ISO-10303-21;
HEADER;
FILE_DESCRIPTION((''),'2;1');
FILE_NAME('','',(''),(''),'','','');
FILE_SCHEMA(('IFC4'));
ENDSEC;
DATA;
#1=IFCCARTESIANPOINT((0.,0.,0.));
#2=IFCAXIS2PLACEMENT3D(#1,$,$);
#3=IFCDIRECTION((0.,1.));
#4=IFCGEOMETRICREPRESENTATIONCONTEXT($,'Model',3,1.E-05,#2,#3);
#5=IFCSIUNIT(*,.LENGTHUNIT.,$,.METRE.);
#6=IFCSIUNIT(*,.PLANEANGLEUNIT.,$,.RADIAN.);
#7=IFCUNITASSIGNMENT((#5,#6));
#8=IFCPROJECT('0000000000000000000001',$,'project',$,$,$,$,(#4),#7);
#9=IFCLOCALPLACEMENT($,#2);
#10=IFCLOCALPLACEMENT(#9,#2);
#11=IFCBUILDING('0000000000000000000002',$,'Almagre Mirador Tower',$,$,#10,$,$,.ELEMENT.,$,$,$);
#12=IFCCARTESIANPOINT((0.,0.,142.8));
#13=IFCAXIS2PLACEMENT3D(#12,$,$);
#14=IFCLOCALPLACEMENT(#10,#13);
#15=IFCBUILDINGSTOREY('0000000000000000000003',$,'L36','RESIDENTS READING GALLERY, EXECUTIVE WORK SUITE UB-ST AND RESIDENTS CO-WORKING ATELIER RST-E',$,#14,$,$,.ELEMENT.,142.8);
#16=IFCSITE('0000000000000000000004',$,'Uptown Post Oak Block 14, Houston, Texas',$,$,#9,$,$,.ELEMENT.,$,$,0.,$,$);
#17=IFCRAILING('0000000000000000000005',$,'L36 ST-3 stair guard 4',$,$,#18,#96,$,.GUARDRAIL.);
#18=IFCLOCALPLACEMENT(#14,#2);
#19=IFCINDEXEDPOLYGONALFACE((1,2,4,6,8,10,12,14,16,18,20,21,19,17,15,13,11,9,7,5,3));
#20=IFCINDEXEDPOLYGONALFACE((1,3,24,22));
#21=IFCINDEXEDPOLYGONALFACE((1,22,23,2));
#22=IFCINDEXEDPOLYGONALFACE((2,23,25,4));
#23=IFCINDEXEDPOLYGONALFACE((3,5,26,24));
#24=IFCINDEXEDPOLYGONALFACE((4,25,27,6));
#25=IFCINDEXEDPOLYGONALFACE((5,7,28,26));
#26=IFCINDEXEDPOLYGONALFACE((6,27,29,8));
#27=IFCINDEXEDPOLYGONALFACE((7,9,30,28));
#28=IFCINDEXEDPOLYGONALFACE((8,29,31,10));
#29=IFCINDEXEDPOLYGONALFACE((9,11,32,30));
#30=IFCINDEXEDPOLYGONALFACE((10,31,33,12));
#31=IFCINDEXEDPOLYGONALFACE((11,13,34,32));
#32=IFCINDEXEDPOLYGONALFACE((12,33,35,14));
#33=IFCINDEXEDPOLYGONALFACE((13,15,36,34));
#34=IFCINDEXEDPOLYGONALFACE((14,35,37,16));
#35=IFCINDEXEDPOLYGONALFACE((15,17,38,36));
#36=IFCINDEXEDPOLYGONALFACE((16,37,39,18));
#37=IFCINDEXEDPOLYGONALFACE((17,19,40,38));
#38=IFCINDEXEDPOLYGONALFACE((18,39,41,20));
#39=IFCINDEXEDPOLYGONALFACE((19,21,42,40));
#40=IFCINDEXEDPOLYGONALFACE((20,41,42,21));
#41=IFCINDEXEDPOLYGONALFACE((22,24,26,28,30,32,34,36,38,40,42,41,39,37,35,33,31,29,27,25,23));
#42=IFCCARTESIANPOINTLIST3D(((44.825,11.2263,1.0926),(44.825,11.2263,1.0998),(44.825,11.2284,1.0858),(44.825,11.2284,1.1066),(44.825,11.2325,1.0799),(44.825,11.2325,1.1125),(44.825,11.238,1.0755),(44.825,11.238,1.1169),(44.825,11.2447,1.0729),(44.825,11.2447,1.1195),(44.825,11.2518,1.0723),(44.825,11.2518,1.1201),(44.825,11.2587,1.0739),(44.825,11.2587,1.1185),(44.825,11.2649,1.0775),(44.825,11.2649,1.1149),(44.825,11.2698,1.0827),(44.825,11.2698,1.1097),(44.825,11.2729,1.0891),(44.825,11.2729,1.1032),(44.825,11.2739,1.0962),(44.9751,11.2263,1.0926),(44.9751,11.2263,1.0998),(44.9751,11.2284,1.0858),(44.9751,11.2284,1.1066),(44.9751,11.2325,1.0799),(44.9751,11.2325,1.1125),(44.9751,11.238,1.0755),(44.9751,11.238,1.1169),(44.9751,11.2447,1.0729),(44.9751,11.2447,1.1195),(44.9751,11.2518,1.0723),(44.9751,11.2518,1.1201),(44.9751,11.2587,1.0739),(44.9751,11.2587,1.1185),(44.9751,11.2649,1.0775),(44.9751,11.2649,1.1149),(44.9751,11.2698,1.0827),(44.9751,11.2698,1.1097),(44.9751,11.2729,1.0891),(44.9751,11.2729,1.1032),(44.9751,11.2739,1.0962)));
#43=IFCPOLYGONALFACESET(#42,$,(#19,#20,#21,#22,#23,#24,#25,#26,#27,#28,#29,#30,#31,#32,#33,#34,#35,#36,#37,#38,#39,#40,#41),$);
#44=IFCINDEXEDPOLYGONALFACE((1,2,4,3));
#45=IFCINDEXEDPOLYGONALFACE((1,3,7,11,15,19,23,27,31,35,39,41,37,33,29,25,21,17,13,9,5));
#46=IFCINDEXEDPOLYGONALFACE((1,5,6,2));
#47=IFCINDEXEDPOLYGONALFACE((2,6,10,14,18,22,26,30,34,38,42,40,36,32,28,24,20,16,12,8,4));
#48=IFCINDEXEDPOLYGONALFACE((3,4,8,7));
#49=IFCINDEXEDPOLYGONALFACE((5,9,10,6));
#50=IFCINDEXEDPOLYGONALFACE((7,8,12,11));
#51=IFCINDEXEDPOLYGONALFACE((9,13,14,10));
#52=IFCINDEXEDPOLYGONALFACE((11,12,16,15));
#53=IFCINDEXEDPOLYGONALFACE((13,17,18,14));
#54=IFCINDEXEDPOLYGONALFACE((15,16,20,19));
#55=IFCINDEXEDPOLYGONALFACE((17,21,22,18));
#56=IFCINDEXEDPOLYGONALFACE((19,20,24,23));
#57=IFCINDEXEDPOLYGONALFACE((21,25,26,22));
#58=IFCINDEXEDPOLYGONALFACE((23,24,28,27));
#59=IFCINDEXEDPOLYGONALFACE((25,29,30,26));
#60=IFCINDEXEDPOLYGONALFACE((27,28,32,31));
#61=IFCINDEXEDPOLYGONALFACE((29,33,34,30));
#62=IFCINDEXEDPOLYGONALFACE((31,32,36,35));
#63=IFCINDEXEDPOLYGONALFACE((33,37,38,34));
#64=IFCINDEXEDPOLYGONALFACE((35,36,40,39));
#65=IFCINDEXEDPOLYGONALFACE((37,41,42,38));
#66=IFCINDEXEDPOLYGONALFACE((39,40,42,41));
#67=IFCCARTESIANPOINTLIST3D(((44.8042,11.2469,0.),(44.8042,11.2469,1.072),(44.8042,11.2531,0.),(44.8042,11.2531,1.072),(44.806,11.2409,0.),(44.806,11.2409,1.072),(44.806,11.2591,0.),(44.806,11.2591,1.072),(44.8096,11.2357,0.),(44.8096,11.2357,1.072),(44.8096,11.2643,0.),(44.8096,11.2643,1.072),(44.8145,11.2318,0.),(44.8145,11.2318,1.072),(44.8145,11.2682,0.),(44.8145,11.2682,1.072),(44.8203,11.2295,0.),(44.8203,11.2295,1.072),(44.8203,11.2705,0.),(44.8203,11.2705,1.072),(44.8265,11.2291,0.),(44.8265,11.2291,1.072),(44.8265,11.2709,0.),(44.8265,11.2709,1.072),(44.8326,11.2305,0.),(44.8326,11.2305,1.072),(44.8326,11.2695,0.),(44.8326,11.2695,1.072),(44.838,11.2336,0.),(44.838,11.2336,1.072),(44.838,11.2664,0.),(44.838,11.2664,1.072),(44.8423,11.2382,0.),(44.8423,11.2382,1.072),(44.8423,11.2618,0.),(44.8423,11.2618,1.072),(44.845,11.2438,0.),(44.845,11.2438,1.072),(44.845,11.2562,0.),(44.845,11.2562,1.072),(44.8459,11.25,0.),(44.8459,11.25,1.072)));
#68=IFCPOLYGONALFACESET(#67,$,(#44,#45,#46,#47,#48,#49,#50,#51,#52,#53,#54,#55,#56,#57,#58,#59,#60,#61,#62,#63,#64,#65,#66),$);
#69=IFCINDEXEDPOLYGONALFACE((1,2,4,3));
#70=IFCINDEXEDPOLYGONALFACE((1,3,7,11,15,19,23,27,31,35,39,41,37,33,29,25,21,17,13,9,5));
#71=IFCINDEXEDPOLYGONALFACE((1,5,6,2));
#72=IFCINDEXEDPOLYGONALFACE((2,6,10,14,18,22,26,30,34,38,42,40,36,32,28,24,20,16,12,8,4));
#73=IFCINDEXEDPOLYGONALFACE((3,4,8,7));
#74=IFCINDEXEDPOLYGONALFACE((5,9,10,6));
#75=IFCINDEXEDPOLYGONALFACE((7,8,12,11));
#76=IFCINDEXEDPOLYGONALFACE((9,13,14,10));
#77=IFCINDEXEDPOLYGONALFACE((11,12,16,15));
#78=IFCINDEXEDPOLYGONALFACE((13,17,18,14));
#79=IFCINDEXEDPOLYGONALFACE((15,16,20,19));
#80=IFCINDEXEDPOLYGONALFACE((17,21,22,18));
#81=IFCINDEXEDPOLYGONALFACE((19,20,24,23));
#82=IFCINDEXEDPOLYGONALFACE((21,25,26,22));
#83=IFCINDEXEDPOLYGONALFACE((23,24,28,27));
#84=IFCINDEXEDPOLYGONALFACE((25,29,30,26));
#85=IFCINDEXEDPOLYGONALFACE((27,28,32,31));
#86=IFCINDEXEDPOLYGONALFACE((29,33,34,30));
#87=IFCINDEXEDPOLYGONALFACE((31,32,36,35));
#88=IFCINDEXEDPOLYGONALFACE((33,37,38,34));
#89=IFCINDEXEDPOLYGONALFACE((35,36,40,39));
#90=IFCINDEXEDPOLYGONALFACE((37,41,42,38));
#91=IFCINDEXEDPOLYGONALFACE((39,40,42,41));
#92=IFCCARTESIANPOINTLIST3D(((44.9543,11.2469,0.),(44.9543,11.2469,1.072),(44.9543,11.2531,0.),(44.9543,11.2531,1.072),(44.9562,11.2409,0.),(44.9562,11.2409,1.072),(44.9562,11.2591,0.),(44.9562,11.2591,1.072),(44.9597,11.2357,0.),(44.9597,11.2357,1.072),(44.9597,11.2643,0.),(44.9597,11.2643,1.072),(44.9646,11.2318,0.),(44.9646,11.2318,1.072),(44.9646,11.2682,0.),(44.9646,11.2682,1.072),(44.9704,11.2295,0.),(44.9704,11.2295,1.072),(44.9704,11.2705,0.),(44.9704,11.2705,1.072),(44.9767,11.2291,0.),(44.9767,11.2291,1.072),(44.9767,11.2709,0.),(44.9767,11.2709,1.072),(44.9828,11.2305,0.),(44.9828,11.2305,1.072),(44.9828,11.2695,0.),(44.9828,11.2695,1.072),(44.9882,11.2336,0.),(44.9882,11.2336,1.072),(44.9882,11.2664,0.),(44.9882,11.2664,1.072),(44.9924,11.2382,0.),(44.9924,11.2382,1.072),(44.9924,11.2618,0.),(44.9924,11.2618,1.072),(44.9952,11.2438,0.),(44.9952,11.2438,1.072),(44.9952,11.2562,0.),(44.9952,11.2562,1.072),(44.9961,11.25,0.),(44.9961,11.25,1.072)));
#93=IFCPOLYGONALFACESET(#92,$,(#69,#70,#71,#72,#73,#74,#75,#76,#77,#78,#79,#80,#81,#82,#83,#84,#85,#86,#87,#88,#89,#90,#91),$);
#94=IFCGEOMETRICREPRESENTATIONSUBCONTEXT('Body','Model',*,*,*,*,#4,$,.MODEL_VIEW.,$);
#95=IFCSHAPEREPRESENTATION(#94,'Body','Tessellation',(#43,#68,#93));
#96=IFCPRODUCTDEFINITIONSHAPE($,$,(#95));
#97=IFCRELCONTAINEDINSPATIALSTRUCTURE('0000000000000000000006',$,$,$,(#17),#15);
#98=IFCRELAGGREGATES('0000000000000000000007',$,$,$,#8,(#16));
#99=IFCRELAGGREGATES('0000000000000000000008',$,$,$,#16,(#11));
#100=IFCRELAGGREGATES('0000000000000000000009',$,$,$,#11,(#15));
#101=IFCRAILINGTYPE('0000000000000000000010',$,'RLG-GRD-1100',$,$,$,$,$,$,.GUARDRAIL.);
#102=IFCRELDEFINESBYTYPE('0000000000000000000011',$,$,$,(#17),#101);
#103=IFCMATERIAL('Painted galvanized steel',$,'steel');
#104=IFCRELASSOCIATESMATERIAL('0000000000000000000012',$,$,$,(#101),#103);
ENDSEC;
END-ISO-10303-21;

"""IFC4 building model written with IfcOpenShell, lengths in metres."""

from ifc_helpers import new_model, si_unit, direction, frame, origin, origin_2d, place, context, subcontext, project, spatial, circle, extrude, material, type_object, element, save


model = new_model("IFC4")

# Units and contexts
model_context = context("Model", 3, precision=1e-05, world=origin(), true_north=direction((0.0, 1.0)))
body_context = subcontext(model_context, "Body", "Model", "MODEL_VIEW")
ifc_project = project(units=[si_unit("LENGTHUNIT", "METRE"), si_unit("PLANEANGLEUNIT", "RADIAN")], contexts=[model_context])

# Site, building, storey
site_placement = place(None, origin())
site = spatial("IfcSite", under=ifc_project, at=site_placement, Name="Uptown Post Oak Block 14, Houston, Texas", CompositionType="ELEMENT", RefElevation=0.0)
building_placement = place(site_placement, origin())
building = spatial("IfcBuilding", under=site, at=building_placement, Name="Almagre Mirador Tower", CompositionType="ELEMENT")
storey_placement = place(building_placement, frame((0.0, 0.0, 142.8)))
storey = spatial("IfcBuildingStorey", under=building, at=storey_placement, Name="L36", Description="RESIDENTS READING GALLERY, EXECUTIVE WORK SUITE UB-ST AND RESIDENTS CO-WORKING ATELIER RST-E", CompositionType="ELEMENT", Elevation=142.8)

# Railing
ifc_material_1 = material(Name="Painted galvanized steel", Category="steel")
railing_type_1 = type_object("IfcRailingType", Name="RLG-GRD-1100", PredefinedType="GUARDRAIL", material=ifc_material_1)
railing_1_placement = place(storey_placement, frame((44.825, 11.25, 0.0)))
element("IfcRailing", 1, at=railing_1_placement, inside=storey, type_object=railing_type_1, Name="L36 ST-3 stair guard 4", PredefinedType="GUARDRAIL", context=body_context, shape_type="SweptSolid", body=[
    extrude(circle(Radius=0.0239, at=origin_2d()), frame((0.0, 0.0, 1.0962), z_axis=(1.0, 0.0, 0.0), x_axis=(0.0, 1.0, 0.0)), (0.0, 0.0, 1.0), 0.1501),
    extrude(circle(Radius=0.021, at=origin_2d()), origin(), (0.0, 0.0, 1.0), 1.072),
    extrude(circle(Radius=0.021, at=origin_2d()), frame((0.1501, 0.0, 0.0)), (0.0, 0.0, 1.0), 1.072),
])

save(model, "model.ifc")
